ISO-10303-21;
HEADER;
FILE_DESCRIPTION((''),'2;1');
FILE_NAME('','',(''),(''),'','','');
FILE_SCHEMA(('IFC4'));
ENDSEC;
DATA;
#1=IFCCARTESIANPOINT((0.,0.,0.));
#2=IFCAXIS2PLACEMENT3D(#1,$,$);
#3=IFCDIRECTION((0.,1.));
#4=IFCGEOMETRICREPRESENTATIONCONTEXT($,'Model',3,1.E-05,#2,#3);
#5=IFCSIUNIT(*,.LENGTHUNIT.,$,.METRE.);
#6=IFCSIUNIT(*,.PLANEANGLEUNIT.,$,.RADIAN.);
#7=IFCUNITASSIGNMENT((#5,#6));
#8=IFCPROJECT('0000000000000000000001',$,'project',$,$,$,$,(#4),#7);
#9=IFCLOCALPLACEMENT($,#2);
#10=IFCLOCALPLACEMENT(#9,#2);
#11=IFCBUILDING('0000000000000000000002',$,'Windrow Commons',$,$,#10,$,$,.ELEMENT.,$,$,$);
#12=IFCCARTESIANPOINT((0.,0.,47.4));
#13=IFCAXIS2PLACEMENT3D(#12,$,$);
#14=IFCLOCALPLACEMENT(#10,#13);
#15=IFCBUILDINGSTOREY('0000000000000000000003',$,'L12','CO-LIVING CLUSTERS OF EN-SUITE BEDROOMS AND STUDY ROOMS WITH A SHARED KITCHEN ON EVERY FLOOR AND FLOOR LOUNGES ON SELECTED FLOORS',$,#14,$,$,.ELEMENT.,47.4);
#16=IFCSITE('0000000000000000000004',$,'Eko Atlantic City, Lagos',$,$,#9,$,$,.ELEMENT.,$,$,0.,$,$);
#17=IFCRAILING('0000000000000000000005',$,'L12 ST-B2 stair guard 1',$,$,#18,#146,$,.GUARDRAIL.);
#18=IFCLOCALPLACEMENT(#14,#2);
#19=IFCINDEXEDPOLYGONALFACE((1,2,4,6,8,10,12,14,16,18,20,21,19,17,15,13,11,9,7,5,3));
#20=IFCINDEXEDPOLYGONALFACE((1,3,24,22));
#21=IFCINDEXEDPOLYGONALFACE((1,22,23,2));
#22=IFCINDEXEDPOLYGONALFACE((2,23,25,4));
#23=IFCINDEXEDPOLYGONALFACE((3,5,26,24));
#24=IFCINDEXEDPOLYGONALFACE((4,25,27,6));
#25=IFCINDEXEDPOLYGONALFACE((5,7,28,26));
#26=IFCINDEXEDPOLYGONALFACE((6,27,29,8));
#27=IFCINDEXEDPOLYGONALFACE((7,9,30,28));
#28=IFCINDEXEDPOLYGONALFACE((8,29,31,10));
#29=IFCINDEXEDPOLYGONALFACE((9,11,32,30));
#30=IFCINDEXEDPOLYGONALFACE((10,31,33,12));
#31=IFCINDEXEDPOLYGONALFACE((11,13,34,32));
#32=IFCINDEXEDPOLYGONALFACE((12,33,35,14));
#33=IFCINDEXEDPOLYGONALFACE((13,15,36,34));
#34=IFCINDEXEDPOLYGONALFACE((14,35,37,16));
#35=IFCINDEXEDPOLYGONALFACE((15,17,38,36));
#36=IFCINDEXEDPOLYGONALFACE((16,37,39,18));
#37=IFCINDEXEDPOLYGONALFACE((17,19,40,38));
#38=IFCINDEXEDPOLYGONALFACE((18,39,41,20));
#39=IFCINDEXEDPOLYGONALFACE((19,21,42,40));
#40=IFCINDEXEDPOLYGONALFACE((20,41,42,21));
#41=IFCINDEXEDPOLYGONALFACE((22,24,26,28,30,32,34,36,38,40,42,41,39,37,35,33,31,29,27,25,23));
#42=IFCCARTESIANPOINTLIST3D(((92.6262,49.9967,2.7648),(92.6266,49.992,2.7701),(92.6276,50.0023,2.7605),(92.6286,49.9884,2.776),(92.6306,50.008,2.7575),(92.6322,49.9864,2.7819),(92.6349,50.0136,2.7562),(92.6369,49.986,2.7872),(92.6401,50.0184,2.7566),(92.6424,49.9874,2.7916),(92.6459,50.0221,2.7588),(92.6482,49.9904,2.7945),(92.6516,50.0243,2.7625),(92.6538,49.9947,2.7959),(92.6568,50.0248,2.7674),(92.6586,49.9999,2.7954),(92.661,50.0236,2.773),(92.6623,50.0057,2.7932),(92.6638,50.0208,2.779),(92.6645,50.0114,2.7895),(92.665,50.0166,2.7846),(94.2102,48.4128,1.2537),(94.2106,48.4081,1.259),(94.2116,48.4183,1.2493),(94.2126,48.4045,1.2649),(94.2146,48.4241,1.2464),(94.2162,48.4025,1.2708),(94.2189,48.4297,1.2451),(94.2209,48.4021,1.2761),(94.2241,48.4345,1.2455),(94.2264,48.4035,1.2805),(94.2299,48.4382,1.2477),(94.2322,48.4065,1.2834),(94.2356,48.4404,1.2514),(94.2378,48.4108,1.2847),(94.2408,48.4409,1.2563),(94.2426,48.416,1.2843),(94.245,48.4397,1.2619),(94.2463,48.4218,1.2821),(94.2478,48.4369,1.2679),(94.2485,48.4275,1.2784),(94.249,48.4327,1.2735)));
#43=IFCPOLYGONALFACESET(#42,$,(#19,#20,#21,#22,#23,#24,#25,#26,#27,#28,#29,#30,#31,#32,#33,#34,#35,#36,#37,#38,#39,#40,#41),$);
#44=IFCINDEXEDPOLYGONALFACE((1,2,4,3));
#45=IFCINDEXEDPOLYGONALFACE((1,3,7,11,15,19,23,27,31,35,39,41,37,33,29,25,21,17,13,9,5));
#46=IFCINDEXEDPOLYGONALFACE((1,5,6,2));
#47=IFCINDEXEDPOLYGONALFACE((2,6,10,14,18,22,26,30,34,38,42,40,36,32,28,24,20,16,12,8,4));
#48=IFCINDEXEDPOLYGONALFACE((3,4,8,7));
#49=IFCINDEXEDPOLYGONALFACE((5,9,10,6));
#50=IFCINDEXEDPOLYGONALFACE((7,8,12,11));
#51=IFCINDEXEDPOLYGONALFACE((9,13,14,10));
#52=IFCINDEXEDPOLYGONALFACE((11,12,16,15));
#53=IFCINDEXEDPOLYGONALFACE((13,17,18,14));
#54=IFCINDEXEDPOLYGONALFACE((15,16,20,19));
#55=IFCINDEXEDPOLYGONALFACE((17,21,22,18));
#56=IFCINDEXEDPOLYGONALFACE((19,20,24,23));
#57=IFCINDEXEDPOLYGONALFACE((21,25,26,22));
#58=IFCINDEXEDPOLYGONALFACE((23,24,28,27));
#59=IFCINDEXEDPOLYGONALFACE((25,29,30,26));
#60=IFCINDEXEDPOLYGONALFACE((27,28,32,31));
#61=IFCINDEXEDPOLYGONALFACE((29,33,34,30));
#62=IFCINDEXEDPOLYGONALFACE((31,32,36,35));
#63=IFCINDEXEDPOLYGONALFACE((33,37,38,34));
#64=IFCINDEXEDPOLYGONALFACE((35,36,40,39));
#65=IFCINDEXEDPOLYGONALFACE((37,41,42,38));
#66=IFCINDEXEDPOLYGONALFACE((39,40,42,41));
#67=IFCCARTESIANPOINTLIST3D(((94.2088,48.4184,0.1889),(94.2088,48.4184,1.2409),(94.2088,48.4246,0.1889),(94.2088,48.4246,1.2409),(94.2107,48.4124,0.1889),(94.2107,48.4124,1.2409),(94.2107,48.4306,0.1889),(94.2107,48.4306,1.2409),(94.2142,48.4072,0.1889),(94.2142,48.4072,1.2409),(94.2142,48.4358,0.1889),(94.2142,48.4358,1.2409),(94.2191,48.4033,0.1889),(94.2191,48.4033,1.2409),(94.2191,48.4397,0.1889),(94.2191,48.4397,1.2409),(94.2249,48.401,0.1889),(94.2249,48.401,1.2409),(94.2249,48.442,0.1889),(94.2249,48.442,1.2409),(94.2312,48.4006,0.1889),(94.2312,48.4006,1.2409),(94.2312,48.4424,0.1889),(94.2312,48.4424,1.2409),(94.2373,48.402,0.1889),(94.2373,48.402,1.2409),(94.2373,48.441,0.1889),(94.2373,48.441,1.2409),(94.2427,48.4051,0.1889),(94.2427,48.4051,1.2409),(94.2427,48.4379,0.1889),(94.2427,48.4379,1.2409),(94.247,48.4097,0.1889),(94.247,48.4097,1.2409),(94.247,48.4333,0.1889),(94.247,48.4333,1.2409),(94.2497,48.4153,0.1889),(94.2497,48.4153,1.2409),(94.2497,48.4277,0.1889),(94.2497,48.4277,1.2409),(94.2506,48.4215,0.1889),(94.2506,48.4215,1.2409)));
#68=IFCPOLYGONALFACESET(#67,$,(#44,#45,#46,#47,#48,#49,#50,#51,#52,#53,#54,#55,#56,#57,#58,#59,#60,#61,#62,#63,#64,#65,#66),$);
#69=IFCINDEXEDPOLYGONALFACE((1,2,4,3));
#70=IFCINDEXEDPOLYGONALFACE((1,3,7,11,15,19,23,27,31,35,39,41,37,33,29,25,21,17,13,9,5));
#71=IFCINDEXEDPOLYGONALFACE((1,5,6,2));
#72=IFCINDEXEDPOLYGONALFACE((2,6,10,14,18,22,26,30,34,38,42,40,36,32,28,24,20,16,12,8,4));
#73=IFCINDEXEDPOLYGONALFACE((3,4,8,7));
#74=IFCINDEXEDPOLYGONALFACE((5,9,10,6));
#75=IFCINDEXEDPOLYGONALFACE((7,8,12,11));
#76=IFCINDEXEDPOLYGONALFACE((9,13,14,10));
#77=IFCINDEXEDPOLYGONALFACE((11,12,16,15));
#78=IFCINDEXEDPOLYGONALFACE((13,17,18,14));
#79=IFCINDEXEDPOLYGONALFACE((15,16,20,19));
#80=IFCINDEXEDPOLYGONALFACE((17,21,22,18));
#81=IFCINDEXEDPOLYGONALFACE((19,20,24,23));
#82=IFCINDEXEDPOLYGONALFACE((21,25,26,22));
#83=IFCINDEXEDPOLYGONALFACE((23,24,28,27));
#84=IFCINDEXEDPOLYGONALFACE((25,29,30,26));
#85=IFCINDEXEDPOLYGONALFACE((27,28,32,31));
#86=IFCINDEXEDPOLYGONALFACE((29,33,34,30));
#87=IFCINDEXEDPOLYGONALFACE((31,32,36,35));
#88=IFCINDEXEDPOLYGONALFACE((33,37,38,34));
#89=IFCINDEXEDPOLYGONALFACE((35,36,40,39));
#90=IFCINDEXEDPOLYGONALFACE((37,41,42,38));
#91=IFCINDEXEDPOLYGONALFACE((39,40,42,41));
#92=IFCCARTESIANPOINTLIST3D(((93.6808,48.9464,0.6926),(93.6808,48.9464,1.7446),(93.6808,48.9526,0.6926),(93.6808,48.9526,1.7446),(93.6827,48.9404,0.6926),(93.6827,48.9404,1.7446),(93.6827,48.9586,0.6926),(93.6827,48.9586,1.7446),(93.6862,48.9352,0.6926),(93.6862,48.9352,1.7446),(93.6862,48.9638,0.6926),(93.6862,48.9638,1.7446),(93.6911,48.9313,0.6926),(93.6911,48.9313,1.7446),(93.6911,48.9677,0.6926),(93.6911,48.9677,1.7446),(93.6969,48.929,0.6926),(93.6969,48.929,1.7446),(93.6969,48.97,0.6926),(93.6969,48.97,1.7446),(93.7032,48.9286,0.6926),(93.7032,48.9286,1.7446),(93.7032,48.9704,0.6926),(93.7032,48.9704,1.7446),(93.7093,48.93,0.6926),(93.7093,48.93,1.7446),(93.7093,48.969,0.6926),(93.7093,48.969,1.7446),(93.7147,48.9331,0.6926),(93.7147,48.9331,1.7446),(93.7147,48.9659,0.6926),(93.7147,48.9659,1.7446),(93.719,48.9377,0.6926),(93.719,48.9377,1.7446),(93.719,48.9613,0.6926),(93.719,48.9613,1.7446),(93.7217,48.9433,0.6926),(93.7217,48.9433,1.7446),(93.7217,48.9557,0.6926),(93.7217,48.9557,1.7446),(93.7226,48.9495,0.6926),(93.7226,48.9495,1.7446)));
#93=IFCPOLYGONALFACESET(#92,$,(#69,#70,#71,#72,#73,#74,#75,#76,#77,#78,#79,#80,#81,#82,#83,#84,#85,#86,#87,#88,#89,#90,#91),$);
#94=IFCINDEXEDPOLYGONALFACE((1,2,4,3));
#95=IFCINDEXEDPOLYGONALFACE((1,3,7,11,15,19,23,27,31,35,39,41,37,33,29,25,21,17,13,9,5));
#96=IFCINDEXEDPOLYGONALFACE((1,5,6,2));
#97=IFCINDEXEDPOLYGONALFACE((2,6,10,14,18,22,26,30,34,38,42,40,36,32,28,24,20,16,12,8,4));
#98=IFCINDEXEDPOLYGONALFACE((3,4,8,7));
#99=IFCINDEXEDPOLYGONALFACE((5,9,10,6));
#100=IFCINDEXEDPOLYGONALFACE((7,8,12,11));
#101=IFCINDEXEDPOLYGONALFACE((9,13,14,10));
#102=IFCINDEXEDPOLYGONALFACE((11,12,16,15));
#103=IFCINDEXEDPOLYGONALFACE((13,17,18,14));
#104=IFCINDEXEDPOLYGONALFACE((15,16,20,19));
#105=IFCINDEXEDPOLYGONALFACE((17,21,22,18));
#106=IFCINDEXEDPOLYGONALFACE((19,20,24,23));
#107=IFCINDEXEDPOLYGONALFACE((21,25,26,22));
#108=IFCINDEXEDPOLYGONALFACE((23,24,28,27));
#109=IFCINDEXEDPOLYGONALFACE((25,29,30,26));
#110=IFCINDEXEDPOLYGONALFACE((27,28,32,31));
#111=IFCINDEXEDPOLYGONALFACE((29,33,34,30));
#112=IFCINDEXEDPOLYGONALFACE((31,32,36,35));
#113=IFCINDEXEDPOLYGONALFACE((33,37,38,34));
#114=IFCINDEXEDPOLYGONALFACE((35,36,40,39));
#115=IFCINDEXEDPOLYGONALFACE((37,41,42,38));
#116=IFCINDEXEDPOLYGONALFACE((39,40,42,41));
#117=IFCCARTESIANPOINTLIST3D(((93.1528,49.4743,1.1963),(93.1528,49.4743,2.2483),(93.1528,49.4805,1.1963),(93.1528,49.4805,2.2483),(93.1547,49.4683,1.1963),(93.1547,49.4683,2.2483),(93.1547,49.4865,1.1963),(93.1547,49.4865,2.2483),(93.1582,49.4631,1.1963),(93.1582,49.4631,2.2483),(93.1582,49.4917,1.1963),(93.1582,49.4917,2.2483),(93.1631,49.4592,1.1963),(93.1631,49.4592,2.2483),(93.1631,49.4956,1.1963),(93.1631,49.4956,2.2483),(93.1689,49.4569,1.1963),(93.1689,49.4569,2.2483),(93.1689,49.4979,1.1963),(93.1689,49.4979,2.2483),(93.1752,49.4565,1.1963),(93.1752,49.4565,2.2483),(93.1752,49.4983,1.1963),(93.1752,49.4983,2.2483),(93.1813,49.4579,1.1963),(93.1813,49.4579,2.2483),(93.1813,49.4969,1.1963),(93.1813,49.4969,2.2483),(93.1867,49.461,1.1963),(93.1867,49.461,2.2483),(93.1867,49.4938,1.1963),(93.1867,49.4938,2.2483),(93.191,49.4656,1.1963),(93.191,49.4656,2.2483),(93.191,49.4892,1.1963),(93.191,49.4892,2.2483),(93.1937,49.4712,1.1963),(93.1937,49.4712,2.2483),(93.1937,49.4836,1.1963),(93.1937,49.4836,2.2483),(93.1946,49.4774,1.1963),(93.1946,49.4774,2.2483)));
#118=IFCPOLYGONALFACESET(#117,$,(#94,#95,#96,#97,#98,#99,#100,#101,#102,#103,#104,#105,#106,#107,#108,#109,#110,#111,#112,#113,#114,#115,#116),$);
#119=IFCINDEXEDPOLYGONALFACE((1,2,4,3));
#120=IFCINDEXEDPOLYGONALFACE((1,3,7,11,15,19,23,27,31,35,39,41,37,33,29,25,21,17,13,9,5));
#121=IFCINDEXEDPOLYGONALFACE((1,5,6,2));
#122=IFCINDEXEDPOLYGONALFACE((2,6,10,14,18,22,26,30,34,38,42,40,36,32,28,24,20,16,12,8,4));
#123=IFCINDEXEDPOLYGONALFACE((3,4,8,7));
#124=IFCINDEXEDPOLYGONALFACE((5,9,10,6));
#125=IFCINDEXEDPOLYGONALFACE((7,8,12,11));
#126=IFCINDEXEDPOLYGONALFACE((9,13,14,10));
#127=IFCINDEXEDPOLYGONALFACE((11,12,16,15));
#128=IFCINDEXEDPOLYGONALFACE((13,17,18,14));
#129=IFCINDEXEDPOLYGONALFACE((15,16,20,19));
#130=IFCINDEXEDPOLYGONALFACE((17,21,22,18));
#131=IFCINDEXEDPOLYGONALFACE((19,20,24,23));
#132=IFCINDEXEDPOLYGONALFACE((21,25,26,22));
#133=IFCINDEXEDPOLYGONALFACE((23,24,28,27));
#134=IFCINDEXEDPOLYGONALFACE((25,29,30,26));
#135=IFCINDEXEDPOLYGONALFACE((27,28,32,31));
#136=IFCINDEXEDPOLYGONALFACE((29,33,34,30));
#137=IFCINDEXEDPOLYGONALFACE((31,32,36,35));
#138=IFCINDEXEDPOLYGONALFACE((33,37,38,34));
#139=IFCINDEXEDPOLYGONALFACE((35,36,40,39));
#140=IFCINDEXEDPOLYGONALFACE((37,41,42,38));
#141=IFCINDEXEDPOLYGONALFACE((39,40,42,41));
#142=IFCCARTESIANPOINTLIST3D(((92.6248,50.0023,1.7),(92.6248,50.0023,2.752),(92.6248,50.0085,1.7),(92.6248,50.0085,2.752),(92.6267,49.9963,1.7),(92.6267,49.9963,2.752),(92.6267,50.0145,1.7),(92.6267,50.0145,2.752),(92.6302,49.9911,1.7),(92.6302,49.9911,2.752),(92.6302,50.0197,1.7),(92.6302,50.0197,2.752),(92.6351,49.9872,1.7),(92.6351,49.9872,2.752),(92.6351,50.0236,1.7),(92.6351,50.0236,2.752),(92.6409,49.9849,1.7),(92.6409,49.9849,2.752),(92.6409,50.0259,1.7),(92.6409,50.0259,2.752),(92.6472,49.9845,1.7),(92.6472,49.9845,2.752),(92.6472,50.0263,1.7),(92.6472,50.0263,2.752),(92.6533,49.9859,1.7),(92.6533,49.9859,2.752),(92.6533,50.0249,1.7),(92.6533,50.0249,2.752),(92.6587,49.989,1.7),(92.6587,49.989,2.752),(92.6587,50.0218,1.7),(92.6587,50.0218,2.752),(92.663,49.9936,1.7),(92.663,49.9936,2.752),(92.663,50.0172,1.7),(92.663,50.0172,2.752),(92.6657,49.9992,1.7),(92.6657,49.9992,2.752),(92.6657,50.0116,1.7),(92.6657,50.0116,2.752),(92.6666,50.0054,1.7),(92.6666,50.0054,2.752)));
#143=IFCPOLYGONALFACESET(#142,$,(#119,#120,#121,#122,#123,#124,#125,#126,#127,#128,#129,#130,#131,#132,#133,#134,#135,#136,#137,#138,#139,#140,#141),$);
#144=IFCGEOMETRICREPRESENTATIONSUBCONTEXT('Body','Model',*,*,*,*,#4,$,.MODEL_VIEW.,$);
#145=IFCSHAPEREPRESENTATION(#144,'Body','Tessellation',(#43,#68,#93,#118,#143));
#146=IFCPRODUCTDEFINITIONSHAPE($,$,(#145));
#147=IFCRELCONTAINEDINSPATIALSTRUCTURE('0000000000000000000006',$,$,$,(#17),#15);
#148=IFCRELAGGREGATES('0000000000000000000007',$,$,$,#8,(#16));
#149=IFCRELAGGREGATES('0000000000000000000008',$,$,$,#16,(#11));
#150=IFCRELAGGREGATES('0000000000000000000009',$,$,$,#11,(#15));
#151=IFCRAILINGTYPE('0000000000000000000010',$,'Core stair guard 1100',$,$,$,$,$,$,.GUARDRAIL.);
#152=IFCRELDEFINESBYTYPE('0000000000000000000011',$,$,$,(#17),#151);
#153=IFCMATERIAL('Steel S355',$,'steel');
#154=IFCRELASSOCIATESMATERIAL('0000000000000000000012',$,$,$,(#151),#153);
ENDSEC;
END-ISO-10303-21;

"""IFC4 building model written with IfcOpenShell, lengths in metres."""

from ifc_helpers import new_model, si_unit, direction, frame, origin, origin_2d, place, context, subcontext, project, spatial, circle, extrude, material, type_object, element, save


model = new_model("IFC4")

# Units and contexts
model_context = context("Model", 3, precision=1e-05, world=origin(), true_north=direction((0.0, 1.0)))
body_context = subcontext(model_context, "Body", "Model", "MODEL_VIEW")
ifc_project = project(units=[si_unit("LENGTHUNIT", "METRE"), si_unit("PLANEANGLEUNIT", "RADIAN")], contexts=[model_context])

# Site, building, storey
site_placement = place(None, origin())
site = spatial("IfcSite", under=ifc_project, at=site_placement, Name="Eko Atlantic City, Lagos", CompositionType="ELEMENT", RefElevation=0.0)
building_placement = place(site_placement, origin())
building = spatial("IfcBuilding", under=site, at=building_placement, Name="Windrow Commons", CompositionType="ELEMENT")
storey_placement = place(building_placement, frame((0.0, 0.0, 47.4)))
storey = spatial("IfcBuildingStorey", under=building, at=storey_placement, Name="L12", Description="CO-LIVING CLUSTERS OF EN-SUITE BEDROOMS AND STUDY ROOMS WITH A SHARED KITCHEN ON EVERY FLOOR AND FLOOR LOUNGES ON SELECTED FLOORS", CompositionType="ELEMENT", Elevation=47.4)

# Railing
ifc_material_1 = material(Name="Steel S355", Category="steel")
railing_type_1 = type_object("IfcRailingType", Name="Core stair guard 1100", PredefinedType="GUARDRAIL", material=ifc_material_1)
railing_1_placement = place(storey_placement, frame((94.2296, 48.4215, 0.1889)))
element("IfcRailing", 1, at=railing_1_placement, inside=storey, type_object=railing_type_1, Name="L12 ST-B2 stair guard 1", PredefinedType="GUARDRAIL", context=body_context, shape_type="SweptSolid", body=[
    extrude(circle(Radius=0.024, at=origin_2d()), frame((0.0, 0.0, 1.076), z_axis=(-0.586216, 0.586179, 0.559237), x_axis=(-0.707084, -0.707129, 0.0)), (0.0, 0.0, 1.0), 2.7021),
    extrude(circle(Radius=0.021, at=origin_2d()), origin(), (0.0, 0.0, 1.0), 1.052),
    extrude(circle(Radius=0.021, at=origin_2d()), frame((-0.528, 0.528, 0.5037)), (0.0, 0.0, 1.0), 1.052),
    extrude(circle(Radius=0.021, at=origin_2d()), frame((-1.056, 1.0559, 1.0074)), (0.0, 0.0, 1.0), 1.052),
    extrude(circle(Radius=0.021, at=origin_2d()), frame((-1.584, 1.5839, 1.5111)), (0.0, 0.0, 1.0), 1.052),
])

save(model, "model.ifc")
